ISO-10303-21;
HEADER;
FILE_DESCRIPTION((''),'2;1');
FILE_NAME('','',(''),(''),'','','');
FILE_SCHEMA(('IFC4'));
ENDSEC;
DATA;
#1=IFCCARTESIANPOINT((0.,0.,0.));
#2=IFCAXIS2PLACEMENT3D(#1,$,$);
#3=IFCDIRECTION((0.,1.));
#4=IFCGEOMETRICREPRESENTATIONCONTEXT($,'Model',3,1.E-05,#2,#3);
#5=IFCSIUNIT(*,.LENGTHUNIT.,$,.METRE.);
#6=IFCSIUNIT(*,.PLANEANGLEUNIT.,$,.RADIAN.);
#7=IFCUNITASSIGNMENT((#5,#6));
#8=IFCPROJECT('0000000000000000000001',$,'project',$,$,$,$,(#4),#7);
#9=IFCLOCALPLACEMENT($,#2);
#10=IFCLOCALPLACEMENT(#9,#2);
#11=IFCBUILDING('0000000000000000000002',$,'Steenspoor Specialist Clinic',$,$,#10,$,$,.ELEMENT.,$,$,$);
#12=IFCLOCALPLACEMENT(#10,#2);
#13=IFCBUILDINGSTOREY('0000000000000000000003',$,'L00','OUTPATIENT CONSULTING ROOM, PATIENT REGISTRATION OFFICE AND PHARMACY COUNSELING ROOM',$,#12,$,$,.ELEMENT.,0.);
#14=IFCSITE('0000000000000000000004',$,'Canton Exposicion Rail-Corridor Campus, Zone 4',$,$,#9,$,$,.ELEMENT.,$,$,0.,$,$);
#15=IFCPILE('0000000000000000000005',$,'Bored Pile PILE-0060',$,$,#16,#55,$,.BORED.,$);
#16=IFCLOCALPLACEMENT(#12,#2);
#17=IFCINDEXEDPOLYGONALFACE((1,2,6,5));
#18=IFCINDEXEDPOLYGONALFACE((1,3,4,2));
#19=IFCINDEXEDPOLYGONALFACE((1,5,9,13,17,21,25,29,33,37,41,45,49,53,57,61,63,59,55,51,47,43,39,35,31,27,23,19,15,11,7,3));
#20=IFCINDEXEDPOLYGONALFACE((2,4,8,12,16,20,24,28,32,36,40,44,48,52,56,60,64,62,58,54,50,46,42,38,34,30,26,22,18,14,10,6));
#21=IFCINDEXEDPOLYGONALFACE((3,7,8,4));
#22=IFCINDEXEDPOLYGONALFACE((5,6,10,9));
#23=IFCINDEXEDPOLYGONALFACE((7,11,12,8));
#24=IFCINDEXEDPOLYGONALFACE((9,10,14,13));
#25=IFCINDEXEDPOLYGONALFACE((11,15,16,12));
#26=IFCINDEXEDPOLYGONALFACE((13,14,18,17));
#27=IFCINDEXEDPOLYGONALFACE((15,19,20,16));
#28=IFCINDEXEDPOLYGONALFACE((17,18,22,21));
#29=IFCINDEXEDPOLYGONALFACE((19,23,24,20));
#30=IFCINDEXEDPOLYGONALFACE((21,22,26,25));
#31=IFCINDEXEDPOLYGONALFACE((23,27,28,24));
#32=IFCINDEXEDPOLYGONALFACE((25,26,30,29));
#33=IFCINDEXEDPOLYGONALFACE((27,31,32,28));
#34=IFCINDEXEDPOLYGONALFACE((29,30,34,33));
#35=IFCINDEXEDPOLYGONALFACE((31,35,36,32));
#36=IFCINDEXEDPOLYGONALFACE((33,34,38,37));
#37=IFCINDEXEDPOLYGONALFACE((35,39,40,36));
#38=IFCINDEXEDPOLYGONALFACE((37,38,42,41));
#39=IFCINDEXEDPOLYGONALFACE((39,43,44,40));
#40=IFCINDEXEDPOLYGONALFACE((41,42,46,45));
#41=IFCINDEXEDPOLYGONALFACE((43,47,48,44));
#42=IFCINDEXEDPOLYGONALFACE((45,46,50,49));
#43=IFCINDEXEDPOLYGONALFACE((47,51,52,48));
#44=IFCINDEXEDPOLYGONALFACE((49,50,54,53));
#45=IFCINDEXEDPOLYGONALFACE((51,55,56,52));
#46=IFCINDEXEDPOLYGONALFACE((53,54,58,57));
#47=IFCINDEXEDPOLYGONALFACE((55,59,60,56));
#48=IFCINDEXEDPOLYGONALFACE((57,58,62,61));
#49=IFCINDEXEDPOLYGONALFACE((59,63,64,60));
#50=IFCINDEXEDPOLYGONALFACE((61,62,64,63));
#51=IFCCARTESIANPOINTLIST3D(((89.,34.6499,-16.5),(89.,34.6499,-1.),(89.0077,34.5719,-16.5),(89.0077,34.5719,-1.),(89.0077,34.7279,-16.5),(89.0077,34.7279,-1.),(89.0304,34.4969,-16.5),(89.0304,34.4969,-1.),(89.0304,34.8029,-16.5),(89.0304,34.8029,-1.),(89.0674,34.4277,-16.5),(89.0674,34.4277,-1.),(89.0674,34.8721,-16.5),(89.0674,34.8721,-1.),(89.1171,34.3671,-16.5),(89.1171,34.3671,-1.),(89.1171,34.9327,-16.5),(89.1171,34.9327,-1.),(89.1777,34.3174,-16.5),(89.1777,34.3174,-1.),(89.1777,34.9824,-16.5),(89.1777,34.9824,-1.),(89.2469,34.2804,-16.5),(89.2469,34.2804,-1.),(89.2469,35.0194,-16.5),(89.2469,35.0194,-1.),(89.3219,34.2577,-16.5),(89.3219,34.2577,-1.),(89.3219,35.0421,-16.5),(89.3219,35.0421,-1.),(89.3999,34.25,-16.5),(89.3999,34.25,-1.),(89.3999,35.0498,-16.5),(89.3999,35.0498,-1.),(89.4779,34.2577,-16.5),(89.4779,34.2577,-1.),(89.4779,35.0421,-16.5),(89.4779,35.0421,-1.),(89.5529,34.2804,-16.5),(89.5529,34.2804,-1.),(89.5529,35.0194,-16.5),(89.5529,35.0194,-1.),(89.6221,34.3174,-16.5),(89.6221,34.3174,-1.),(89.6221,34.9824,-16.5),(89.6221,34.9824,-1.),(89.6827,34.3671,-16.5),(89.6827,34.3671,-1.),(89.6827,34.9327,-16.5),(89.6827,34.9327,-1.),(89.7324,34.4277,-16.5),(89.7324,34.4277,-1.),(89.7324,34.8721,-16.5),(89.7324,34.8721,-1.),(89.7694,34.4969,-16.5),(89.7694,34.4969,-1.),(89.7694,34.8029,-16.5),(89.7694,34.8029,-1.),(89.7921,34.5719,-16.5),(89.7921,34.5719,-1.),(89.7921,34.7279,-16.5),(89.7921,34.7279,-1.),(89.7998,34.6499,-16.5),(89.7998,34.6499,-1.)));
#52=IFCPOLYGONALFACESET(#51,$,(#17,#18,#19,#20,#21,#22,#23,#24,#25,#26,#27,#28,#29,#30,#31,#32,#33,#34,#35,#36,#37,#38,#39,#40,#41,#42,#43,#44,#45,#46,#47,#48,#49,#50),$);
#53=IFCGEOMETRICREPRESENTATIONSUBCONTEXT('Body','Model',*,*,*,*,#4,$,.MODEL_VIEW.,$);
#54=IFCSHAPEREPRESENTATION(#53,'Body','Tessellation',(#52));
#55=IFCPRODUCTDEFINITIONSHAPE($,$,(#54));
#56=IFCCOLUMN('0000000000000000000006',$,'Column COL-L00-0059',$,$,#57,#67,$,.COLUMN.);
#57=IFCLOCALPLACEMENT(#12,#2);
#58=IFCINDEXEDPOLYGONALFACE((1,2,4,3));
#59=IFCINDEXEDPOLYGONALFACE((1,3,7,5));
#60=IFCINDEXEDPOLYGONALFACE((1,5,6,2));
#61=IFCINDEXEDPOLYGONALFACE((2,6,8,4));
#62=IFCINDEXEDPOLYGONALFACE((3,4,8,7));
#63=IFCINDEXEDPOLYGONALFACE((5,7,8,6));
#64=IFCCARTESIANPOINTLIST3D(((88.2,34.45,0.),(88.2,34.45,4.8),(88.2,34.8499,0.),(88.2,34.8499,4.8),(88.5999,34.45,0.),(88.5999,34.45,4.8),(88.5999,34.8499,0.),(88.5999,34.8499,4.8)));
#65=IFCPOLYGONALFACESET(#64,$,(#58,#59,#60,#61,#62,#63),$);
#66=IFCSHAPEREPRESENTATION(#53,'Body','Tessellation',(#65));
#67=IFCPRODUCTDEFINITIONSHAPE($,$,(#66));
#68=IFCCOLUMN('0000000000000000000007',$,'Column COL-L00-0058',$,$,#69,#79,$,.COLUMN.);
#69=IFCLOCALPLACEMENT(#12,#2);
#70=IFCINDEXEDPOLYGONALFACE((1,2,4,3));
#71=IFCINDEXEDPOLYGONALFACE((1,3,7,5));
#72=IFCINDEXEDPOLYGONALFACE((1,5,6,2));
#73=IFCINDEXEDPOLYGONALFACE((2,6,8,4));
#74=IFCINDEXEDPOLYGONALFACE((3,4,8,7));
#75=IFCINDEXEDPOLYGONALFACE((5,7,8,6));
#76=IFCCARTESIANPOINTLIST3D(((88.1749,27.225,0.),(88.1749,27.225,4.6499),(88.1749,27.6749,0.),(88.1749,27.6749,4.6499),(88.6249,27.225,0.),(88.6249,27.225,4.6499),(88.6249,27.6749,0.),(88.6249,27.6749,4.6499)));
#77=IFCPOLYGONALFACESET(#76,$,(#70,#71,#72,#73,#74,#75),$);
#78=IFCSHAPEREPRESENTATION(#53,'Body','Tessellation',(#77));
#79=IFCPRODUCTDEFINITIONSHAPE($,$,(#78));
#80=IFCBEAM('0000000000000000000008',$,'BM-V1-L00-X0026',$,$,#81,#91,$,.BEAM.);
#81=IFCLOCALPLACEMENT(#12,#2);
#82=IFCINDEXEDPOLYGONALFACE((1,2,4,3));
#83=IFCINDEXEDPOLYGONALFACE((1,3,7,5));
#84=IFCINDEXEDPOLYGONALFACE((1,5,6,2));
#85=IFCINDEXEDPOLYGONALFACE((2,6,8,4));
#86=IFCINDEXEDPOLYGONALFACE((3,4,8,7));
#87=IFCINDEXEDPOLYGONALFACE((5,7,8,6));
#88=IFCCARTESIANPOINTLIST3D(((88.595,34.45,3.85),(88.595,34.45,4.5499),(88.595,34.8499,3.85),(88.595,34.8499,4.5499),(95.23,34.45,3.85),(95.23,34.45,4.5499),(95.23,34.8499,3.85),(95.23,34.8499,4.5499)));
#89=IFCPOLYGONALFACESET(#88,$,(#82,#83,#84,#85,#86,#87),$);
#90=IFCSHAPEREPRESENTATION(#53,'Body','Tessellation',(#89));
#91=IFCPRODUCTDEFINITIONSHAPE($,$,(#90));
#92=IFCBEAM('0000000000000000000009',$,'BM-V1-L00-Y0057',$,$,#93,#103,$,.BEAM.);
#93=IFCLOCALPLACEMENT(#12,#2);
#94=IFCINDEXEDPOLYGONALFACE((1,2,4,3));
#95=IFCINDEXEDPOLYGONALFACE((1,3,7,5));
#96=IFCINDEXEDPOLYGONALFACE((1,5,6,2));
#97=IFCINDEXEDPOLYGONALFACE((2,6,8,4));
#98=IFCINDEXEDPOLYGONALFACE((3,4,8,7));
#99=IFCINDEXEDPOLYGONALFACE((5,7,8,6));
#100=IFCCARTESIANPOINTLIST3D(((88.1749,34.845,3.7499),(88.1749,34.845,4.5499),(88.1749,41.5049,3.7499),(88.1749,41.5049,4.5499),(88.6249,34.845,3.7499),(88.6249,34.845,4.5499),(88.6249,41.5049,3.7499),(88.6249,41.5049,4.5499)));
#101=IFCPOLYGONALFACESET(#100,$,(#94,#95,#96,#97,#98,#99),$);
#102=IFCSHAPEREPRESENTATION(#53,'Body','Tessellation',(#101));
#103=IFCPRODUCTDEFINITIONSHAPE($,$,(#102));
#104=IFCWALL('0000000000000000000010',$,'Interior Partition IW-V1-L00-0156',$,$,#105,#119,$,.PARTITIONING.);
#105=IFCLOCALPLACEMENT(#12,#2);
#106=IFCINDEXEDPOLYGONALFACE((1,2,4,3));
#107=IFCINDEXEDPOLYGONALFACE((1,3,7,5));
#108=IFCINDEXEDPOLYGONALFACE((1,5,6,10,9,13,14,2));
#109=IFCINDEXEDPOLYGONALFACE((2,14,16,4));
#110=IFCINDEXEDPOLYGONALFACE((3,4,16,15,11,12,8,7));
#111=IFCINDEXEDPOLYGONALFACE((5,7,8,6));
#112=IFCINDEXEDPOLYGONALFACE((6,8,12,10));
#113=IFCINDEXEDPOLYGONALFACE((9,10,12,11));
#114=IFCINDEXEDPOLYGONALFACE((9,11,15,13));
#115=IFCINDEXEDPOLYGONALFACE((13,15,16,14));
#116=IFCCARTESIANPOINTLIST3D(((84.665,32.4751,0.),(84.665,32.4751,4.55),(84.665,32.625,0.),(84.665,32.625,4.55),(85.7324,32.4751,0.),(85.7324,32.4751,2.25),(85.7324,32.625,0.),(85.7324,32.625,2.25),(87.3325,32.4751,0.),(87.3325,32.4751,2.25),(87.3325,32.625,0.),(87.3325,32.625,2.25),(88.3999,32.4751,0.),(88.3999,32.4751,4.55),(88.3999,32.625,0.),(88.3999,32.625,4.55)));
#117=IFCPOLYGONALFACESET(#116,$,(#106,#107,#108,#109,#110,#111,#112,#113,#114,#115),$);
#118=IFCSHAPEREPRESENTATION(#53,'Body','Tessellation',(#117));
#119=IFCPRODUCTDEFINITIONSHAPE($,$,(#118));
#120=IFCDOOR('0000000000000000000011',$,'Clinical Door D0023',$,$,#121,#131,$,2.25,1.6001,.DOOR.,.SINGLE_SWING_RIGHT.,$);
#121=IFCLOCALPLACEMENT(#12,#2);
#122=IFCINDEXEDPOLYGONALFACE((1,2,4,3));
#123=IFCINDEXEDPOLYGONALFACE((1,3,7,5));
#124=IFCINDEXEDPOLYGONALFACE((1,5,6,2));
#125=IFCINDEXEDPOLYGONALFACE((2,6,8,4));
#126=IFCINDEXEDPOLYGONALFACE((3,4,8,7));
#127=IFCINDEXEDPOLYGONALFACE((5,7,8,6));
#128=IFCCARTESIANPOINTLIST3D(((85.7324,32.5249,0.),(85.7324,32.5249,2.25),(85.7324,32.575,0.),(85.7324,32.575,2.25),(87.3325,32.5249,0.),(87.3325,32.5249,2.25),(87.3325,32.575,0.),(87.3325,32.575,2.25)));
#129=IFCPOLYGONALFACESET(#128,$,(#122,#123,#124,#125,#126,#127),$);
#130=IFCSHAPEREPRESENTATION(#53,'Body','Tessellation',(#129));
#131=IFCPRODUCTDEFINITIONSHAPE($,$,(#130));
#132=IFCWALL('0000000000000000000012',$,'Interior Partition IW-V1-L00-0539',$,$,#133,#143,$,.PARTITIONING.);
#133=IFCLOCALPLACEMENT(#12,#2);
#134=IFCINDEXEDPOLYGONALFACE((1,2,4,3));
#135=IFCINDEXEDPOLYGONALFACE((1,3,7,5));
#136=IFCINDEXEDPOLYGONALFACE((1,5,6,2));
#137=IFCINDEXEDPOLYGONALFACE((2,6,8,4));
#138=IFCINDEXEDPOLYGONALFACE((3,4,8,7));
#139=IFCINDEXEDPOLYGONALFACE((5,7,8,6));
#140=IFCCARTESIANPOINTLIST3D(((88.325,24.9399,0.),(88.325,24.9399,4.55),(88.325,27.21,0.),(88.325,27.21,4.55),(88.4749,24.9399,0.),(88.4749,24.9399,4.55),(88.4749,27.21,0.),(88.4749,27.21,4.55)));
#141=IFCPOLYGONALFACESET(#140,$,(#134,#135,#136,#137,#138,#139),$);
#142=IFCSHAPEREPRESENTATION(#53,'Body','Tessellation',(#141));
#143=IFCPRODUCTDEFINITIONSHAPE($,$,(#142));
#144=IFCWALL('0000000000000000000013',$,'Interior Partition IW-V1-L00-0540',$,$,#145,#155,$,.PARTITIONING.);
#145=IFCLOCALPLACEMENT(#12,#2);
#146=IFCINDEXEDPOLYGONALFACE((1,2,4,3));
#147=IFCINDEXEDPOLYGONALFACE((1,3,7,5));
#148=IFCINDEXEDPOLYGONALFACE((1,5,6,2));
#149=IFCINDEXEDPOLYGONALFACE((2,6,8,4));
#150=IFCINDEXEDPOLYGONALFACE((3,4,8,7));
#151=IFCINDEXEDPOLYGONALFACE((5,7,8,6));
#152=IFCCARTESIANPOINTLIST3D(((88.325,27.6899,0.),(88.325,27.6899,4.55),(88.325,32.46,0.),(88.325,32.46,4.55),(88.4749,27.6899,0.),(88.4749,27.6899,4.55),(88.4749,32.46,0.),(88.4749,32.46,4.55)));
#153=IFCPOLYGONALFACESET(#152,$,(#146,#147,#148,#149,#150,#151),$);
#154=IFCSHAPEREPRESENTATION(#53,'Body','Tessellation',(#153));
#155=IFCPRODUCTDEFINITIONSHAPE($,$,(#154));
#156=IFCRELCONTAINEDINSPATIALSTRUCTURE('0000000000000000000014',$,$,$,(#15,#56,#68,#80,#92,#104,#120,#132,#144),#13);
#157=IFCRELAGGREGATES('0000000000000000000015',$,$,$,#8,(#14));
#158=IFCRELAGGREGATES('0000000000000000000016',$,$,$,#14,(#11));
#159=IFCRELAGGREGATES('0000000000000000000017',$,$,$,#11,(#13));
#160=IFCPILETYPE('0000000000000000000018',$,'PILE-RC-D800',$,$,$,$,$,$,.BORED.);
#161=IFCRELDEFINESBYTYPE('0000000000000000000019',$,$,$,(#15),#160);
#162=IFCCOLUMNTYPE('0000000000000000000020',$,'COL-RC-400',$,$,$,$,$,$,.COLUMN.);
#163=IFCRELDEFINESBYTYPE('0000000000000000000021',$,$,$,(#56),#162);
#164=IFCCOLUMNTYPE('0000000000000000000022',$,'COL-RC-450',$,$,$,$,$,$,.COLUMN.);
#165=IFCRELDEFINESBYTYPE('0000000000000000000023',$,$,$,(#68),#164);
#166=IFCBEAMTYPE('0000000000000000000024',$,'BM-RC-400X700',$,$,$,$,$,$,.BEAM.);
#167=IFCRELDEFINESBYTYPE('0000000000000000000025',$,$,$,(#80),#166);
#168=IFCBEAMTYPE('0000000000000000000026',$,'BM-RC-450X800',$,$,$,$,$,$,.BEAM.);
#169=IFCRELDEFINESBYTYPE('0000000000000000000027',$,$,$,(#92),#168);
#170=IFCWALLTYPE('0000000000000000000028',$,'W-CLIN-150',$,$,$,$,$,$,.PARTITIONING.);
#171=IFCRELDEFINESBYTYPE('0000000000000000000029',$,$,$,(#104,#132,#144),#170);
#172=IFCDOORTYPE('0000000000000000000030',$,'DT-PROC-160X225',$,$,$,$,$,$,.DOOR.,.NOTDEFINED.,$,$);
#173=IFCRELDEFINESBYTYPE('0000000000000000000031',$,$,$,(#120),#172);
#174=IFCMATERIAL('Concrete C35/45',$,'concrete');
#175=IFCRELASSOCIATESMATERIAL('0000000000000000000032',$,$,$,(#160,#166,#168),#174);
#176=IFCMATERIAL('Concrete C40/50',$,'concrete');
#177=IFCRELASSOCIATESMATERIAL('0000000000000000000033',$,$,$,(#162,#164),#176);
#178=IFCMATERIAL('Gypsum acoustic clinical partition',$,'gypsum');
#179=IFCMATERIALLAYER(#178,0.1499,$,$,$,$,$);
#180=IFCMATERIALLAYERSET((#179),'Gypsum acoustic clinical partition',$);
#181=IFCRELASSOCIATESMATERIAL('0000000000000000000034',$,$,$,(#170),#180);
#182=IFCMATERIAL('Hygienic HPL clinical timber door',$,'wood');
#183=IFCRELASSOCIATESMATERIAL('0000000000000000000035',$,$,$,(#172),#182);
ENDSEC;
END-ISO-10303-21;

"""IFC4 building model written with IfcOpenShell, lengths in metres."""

from ifc_helpers import new_model, si_unit, direction, frame, frame_2d, origin, origin_2d, place, context, subcontext, project, spatial, rectangle, circle, extrude, material, layer, layer_set, material_profile, profile_set, type_object, element, fill, save


model = new_model("IFC4")

# Units and contexts
model_context = context("Model", 3, precision=1e-05, world=origin(), true_north=direction((0.0, 1.0)))
body_context = subcontext(model_context, "Body", "Model", "MODEL_VIEW")
ifc_project = project(units=[si_unit("LENGTHUNIT", "METRE"), si_unit("PLANEANGLEUNIT", "RADIAN")], contexts=[model_context])

# Site, building, storey
site_placement = place(None, origin())
site = spatial("IfcSite", under=ifc_project, at=site_placement, Name="Canton Exposicion Rail-Corridor Campus, Zone 4", CompositionType="ELEMENT", RefElevation=0.0)
building_placement = place(site_placement, origin())
building = spatial("IfcBuilding", under=site, at=building_placement, Name="Steenspoor Specialist Clinic", CompositionType="ELEMENT")
storey_placement = place(building_placement, origin())
storey = spatial("IfcBuildingStorey", under=building, at=storey_placement, Name="L00", Description="OUTPATIENT CONSULTING ROOM, PATIENT REGISTRATION OFFICE AND PHARMACY COUNSELING ROOM", CompositionType="ELEMENT", Elevation=0.0)

# Shared definitions
ifc_material_1 = material(Name="Concrete C35/45", Category="concrete")

# Pile
ifc_material_profile_1 = material_profile(ifc_material_1, circle(Radius=0.3999, at=origin_2d()), Name="PILE-D800")
ifc_profile_set_1 = profile_set([ifc_material_profile_1], Name="Concrete C35/45")
pile_type_1 = type_object("IfcPileType", Name="PILE-RC-D800", PredefinedType="BORED", material=ifc_profile_set_1)
for number, where, z_axis, x_axis, name in (
    (1, (89.3999, 34.6499, -1.0), (0.0, 0.0, -1.0), (1.0, 0.0, 0.0), "Bored Pile PILE-0060"),
):
    element("IfcPile", number, at=place(storey_placement, frame(where, z_axis=z_axis, x_axis=x_axis)), inside=storey, type_object=pile_type_1, Name=name, PredefinedType="BORED", context=body_context, shape_type="SweptSolid", body=[
        extrude(circle(Radius=0.3999, at=origin_2d()), origin(), (0.0, 0.0, 1.0), 15.5),
    ])

# Columns
ifc_material_2 = material(Name="Concrete C40/50", Category="concrete")
ifc_material_profile_2 = material_profile(ifc_material_2, rectangle(XDim=0.3999, YDim=0.3999, at=origin_2d()), Name="RC-COL-400X400")
ifc_profile_set_2 = profile_set([ifc_material_profile_2], Name="Concrete C40/50")
column_type_1 = type_object("IfcColumnType", Name="COL-RC-400", PredefinedType="COLUMN", material=ifc_profile_set_2)
column_1_placement = place(storey_placement, frame((88.3999, 34.6499, 0.0), z_axis=(0.0, 0.0, 1.0), x_axis=(1.0, 0.0, 0.0)))
element("IfcColumn", 2, at=column_1_placement, inside=storey, type_object=column_type_1, Name="Column COL-L00-0059", PredefinedType="COLUMN", context=body_context, shape_type="SweptSolid", body=[
    extrude(rectangle(XDim=0.3999, YDim=0.3999, at=origin_2d()), origin(), (0.0, 0.0, 1.0), 4.8),
])
ifc_material_profile_3 = material_profile(ifc_material_2, rectangle(XDim=0.45, YDim=0.45, at=origin_2d()), Name="RC-COL-450X450")
ifc_profile_set_3 = profile_set([ifc_material_profile_3], Name="Concrete C40/50")
column_type_2 = type_object("IfcColumnType", Name="COL-RC-450", PredefinedType="COLUMN", material=ifc_profile_set_3)
column_2_placement = place(storey_placement, frame((88.3999, 27.45, 0.0), z_axis=(0.0, 0.0, 1.0), x_axis=(1.0, 0.0, 0.0)))
element("IfcColumn", 3, at=column_2_placement, inside=storey, type_object=column_type_2, Name="Column COL-L00-0058", PredefinedType="COLUMN", context=body_context, shape_type="SweptSolid", body=[
    extrude(rectangle(XDim=0.45, YDim=0.45, at=origin_2d()), origin(), (0.0, 0.0, 1.0), 4.6499),
])

# Beams
ifc_material_profile_4 = material_profile(ifc_material_1, rectangle(XDim=0.3999, YDim=0.7, at=origin_2d()), Name="RC-BM-400X700")
ifc_profile_set_4 = profile_set([ifc_material_profile_4], Name="Concrete C35/45")
beam_type_1 = type_object("IfcBeamType", Name="BM-RC-400X700", PredefinedType="BEAM", material=ifc_profile_set_4)
beam_1_placement = place(storey_placement, frame((88.595, 34.6499, 4.2), z_axis=(1.0, 0.0, 0.0), x_axis=(0.0, 1.0, 0.0)))
element("IfcBeam", 4, at=beam_1_placement, inside=storey, type_object=beam_type_1, Name="BM-V1-L00-X0026", PredefinedType="BEAM", context=body_context, shape_type="SweptSolid", body=[
    extrude(rectangle(XDim=0.3999, YDim=0.7, at=origin_2d()), origin(), (0.0, 0.0, 1.0), 6.635),
])
ifc_material_profile_5 = material_profile(ifc_material_1, rectangle(XDim=0.45, YDim=0.8, at=origin_2d()), Name="RC-BM-450X800")
ifc_profile_set_5 = profile_set([ifc_material_profile_5], Name="Concrete C35/45")
beam_type_2 = type_object("IfcBeamType", Name="BM-RC-450X800", PredefinedType="BEAM", material=ifc_profile_set_5)
beam_2_placement = place(storey_placement, frame((88.3999, 34.845, 4.1499), z_axis=(0.0, 1.0, 0.0), x_axis=(-1.0, 0.0, 0.0)))
element("IfcBeam", 5, at=beam_2_placement, inside=storey, type_object=beam_type_2, Name="BM-V1-L00-Y0057", PredefinedType="BEAM", context=body_context, shape_type="SweptSolid", body=[
    extrude(rectangle(XDim=0.45, YDim=0.8, at=origin_2d()), origin(), (0.0, 0.0, 1.0), 6.6599),
])

# Wall, opening, door
ifc_material_3 = material(Name="Gypsum acoustic clinical partition", Category="gypsum")
ifc_layer_1 = layer(ifc_material_3, 0.1499)
ifc_layer_set_1 = layer_set([ifc_layer_1], Name="Gypsum acoustic clinical partition")
wall_type_1 = type_object("IfcWallType", Name="W-CLIN-150", PredefinedType="PARTITIONING", material=ifc_layer_set_1)
wall_1_placement = place(storey_placement, frame((84.665, 32.55, 0.0), z_axis=(0.0, 0.0, 1.0), x_axis=(1.0, 0.0, 0.0)))
wall_1 = element("IfcWall", 6, at=wall_1_placement, inside=storey, type_object=wall_type_1, Name="Interior Partition IW-V1-L00-0156", PredefinedType="PARTITIONING", context=body_context, shape_type="SweptSolid", body=[
    extrude(rectangle(XDim=3.7349, YDim=0.1499, at=frame_2d((1.8674, 0.0))), origin(), (0.0, 0.0, 1.0), 4.55),
])
opening_1_placement = place(wall_1_placement, frame((1.0674, 0.0, 0.0)))
opening_1 = element("IfcOpeningElement", 7, at=opening_1_placement, cuts=wall_1, PredefinedType="OPENING", context=body_context, shape_type="SweptSolid", body=[
    extrude(rectangle(XDim=1.6001, YDim=2.25, at=frame_2d((0.8, 1.125))), frame((0.0, 0.085, 0.0), z_axis=(0.0, -1.0, 0.0), x_axis=(1.0, 0.0, 0.0)), (0.0, 0.0, 1.0), 0.1699),
])
ifc_material_4 = material(Name="Hygienic HPL clinical timber door", Category="wood")
door_type_1 = type_object("IfcDoorType", Name="DT-PROC-160X225", OperationType="NOTDEFINED", PredefinedType="DOOR", material=ifc_material_4)
door_1_placement = place(opening_1_placement, origin())
door_1 = element("IfcDoor", 8, at=door_1_placement, inside=storey, type_object=door_type_1, Name="Clinical Door D0023", OperationType="SINGLE_SWING_RIGHT", OverallHeight=2.25, OverallWidth=1.6001, PredefinedType="DOOR", context=body_context, shape_type="SweptSolid", body=[
    extrude(rectangle(XDim=1.6001, YDim=2.25, at=frame_2d((0.8, 1.125))), frame((0.0, 0.0249, 0.0), z_axis=(0.0, -1.0, 0.0), x_axis=(1.0, 0.0, 0.0)), (0.0, 0.0, 1.0), 0.05),
])
fill(opening_1, door_1)

# Walls
wall_2_placement = place(storey_placement, frame((88.3999, 24.9399, 0.0), z_axis=(0.0, 0.0, 1.0), x_axis=(0.0, 1.0, 0.0)))
element("IfcWall", 9, at=wall_2_placement, inside=storey, type_object=wall_type_1, Name="Interior Partition IW-V1-L00-0539", PredefinedType="PARTITIONING", context=body_context, shape_type="SweptSolid", body=[
    extrude(rectangle(XDim=2.27, YDim=0.1499, at=frame_2d((1.135, 0.0))), origin(), (0.0, 0.0, 1.0), 4.55),
])
wall_3_placement = place(storey_placement, frame((88.3999, 27.6899, 0.0), z_axis=(0.0, 0.0, 1.0), x_axis=(0.0, 1.0, 0.0)))
element("IfcWall", 10, at=wall_3_placement, inside=storey, type_object=wall_type_1, Name="Interior Partition IW-V1-L00-0540", PredefinedType="PARTITIONING", context=body_context, shape_type="SweptSolid", body=[
    extrude(rectangle(XDim=4.77, YDim=0.1499, at=frame_2d((2.385, 0.0))), origin(), (0.0, 0.0, 1.0), 4.55),
])

save(model, "model.ifc")
